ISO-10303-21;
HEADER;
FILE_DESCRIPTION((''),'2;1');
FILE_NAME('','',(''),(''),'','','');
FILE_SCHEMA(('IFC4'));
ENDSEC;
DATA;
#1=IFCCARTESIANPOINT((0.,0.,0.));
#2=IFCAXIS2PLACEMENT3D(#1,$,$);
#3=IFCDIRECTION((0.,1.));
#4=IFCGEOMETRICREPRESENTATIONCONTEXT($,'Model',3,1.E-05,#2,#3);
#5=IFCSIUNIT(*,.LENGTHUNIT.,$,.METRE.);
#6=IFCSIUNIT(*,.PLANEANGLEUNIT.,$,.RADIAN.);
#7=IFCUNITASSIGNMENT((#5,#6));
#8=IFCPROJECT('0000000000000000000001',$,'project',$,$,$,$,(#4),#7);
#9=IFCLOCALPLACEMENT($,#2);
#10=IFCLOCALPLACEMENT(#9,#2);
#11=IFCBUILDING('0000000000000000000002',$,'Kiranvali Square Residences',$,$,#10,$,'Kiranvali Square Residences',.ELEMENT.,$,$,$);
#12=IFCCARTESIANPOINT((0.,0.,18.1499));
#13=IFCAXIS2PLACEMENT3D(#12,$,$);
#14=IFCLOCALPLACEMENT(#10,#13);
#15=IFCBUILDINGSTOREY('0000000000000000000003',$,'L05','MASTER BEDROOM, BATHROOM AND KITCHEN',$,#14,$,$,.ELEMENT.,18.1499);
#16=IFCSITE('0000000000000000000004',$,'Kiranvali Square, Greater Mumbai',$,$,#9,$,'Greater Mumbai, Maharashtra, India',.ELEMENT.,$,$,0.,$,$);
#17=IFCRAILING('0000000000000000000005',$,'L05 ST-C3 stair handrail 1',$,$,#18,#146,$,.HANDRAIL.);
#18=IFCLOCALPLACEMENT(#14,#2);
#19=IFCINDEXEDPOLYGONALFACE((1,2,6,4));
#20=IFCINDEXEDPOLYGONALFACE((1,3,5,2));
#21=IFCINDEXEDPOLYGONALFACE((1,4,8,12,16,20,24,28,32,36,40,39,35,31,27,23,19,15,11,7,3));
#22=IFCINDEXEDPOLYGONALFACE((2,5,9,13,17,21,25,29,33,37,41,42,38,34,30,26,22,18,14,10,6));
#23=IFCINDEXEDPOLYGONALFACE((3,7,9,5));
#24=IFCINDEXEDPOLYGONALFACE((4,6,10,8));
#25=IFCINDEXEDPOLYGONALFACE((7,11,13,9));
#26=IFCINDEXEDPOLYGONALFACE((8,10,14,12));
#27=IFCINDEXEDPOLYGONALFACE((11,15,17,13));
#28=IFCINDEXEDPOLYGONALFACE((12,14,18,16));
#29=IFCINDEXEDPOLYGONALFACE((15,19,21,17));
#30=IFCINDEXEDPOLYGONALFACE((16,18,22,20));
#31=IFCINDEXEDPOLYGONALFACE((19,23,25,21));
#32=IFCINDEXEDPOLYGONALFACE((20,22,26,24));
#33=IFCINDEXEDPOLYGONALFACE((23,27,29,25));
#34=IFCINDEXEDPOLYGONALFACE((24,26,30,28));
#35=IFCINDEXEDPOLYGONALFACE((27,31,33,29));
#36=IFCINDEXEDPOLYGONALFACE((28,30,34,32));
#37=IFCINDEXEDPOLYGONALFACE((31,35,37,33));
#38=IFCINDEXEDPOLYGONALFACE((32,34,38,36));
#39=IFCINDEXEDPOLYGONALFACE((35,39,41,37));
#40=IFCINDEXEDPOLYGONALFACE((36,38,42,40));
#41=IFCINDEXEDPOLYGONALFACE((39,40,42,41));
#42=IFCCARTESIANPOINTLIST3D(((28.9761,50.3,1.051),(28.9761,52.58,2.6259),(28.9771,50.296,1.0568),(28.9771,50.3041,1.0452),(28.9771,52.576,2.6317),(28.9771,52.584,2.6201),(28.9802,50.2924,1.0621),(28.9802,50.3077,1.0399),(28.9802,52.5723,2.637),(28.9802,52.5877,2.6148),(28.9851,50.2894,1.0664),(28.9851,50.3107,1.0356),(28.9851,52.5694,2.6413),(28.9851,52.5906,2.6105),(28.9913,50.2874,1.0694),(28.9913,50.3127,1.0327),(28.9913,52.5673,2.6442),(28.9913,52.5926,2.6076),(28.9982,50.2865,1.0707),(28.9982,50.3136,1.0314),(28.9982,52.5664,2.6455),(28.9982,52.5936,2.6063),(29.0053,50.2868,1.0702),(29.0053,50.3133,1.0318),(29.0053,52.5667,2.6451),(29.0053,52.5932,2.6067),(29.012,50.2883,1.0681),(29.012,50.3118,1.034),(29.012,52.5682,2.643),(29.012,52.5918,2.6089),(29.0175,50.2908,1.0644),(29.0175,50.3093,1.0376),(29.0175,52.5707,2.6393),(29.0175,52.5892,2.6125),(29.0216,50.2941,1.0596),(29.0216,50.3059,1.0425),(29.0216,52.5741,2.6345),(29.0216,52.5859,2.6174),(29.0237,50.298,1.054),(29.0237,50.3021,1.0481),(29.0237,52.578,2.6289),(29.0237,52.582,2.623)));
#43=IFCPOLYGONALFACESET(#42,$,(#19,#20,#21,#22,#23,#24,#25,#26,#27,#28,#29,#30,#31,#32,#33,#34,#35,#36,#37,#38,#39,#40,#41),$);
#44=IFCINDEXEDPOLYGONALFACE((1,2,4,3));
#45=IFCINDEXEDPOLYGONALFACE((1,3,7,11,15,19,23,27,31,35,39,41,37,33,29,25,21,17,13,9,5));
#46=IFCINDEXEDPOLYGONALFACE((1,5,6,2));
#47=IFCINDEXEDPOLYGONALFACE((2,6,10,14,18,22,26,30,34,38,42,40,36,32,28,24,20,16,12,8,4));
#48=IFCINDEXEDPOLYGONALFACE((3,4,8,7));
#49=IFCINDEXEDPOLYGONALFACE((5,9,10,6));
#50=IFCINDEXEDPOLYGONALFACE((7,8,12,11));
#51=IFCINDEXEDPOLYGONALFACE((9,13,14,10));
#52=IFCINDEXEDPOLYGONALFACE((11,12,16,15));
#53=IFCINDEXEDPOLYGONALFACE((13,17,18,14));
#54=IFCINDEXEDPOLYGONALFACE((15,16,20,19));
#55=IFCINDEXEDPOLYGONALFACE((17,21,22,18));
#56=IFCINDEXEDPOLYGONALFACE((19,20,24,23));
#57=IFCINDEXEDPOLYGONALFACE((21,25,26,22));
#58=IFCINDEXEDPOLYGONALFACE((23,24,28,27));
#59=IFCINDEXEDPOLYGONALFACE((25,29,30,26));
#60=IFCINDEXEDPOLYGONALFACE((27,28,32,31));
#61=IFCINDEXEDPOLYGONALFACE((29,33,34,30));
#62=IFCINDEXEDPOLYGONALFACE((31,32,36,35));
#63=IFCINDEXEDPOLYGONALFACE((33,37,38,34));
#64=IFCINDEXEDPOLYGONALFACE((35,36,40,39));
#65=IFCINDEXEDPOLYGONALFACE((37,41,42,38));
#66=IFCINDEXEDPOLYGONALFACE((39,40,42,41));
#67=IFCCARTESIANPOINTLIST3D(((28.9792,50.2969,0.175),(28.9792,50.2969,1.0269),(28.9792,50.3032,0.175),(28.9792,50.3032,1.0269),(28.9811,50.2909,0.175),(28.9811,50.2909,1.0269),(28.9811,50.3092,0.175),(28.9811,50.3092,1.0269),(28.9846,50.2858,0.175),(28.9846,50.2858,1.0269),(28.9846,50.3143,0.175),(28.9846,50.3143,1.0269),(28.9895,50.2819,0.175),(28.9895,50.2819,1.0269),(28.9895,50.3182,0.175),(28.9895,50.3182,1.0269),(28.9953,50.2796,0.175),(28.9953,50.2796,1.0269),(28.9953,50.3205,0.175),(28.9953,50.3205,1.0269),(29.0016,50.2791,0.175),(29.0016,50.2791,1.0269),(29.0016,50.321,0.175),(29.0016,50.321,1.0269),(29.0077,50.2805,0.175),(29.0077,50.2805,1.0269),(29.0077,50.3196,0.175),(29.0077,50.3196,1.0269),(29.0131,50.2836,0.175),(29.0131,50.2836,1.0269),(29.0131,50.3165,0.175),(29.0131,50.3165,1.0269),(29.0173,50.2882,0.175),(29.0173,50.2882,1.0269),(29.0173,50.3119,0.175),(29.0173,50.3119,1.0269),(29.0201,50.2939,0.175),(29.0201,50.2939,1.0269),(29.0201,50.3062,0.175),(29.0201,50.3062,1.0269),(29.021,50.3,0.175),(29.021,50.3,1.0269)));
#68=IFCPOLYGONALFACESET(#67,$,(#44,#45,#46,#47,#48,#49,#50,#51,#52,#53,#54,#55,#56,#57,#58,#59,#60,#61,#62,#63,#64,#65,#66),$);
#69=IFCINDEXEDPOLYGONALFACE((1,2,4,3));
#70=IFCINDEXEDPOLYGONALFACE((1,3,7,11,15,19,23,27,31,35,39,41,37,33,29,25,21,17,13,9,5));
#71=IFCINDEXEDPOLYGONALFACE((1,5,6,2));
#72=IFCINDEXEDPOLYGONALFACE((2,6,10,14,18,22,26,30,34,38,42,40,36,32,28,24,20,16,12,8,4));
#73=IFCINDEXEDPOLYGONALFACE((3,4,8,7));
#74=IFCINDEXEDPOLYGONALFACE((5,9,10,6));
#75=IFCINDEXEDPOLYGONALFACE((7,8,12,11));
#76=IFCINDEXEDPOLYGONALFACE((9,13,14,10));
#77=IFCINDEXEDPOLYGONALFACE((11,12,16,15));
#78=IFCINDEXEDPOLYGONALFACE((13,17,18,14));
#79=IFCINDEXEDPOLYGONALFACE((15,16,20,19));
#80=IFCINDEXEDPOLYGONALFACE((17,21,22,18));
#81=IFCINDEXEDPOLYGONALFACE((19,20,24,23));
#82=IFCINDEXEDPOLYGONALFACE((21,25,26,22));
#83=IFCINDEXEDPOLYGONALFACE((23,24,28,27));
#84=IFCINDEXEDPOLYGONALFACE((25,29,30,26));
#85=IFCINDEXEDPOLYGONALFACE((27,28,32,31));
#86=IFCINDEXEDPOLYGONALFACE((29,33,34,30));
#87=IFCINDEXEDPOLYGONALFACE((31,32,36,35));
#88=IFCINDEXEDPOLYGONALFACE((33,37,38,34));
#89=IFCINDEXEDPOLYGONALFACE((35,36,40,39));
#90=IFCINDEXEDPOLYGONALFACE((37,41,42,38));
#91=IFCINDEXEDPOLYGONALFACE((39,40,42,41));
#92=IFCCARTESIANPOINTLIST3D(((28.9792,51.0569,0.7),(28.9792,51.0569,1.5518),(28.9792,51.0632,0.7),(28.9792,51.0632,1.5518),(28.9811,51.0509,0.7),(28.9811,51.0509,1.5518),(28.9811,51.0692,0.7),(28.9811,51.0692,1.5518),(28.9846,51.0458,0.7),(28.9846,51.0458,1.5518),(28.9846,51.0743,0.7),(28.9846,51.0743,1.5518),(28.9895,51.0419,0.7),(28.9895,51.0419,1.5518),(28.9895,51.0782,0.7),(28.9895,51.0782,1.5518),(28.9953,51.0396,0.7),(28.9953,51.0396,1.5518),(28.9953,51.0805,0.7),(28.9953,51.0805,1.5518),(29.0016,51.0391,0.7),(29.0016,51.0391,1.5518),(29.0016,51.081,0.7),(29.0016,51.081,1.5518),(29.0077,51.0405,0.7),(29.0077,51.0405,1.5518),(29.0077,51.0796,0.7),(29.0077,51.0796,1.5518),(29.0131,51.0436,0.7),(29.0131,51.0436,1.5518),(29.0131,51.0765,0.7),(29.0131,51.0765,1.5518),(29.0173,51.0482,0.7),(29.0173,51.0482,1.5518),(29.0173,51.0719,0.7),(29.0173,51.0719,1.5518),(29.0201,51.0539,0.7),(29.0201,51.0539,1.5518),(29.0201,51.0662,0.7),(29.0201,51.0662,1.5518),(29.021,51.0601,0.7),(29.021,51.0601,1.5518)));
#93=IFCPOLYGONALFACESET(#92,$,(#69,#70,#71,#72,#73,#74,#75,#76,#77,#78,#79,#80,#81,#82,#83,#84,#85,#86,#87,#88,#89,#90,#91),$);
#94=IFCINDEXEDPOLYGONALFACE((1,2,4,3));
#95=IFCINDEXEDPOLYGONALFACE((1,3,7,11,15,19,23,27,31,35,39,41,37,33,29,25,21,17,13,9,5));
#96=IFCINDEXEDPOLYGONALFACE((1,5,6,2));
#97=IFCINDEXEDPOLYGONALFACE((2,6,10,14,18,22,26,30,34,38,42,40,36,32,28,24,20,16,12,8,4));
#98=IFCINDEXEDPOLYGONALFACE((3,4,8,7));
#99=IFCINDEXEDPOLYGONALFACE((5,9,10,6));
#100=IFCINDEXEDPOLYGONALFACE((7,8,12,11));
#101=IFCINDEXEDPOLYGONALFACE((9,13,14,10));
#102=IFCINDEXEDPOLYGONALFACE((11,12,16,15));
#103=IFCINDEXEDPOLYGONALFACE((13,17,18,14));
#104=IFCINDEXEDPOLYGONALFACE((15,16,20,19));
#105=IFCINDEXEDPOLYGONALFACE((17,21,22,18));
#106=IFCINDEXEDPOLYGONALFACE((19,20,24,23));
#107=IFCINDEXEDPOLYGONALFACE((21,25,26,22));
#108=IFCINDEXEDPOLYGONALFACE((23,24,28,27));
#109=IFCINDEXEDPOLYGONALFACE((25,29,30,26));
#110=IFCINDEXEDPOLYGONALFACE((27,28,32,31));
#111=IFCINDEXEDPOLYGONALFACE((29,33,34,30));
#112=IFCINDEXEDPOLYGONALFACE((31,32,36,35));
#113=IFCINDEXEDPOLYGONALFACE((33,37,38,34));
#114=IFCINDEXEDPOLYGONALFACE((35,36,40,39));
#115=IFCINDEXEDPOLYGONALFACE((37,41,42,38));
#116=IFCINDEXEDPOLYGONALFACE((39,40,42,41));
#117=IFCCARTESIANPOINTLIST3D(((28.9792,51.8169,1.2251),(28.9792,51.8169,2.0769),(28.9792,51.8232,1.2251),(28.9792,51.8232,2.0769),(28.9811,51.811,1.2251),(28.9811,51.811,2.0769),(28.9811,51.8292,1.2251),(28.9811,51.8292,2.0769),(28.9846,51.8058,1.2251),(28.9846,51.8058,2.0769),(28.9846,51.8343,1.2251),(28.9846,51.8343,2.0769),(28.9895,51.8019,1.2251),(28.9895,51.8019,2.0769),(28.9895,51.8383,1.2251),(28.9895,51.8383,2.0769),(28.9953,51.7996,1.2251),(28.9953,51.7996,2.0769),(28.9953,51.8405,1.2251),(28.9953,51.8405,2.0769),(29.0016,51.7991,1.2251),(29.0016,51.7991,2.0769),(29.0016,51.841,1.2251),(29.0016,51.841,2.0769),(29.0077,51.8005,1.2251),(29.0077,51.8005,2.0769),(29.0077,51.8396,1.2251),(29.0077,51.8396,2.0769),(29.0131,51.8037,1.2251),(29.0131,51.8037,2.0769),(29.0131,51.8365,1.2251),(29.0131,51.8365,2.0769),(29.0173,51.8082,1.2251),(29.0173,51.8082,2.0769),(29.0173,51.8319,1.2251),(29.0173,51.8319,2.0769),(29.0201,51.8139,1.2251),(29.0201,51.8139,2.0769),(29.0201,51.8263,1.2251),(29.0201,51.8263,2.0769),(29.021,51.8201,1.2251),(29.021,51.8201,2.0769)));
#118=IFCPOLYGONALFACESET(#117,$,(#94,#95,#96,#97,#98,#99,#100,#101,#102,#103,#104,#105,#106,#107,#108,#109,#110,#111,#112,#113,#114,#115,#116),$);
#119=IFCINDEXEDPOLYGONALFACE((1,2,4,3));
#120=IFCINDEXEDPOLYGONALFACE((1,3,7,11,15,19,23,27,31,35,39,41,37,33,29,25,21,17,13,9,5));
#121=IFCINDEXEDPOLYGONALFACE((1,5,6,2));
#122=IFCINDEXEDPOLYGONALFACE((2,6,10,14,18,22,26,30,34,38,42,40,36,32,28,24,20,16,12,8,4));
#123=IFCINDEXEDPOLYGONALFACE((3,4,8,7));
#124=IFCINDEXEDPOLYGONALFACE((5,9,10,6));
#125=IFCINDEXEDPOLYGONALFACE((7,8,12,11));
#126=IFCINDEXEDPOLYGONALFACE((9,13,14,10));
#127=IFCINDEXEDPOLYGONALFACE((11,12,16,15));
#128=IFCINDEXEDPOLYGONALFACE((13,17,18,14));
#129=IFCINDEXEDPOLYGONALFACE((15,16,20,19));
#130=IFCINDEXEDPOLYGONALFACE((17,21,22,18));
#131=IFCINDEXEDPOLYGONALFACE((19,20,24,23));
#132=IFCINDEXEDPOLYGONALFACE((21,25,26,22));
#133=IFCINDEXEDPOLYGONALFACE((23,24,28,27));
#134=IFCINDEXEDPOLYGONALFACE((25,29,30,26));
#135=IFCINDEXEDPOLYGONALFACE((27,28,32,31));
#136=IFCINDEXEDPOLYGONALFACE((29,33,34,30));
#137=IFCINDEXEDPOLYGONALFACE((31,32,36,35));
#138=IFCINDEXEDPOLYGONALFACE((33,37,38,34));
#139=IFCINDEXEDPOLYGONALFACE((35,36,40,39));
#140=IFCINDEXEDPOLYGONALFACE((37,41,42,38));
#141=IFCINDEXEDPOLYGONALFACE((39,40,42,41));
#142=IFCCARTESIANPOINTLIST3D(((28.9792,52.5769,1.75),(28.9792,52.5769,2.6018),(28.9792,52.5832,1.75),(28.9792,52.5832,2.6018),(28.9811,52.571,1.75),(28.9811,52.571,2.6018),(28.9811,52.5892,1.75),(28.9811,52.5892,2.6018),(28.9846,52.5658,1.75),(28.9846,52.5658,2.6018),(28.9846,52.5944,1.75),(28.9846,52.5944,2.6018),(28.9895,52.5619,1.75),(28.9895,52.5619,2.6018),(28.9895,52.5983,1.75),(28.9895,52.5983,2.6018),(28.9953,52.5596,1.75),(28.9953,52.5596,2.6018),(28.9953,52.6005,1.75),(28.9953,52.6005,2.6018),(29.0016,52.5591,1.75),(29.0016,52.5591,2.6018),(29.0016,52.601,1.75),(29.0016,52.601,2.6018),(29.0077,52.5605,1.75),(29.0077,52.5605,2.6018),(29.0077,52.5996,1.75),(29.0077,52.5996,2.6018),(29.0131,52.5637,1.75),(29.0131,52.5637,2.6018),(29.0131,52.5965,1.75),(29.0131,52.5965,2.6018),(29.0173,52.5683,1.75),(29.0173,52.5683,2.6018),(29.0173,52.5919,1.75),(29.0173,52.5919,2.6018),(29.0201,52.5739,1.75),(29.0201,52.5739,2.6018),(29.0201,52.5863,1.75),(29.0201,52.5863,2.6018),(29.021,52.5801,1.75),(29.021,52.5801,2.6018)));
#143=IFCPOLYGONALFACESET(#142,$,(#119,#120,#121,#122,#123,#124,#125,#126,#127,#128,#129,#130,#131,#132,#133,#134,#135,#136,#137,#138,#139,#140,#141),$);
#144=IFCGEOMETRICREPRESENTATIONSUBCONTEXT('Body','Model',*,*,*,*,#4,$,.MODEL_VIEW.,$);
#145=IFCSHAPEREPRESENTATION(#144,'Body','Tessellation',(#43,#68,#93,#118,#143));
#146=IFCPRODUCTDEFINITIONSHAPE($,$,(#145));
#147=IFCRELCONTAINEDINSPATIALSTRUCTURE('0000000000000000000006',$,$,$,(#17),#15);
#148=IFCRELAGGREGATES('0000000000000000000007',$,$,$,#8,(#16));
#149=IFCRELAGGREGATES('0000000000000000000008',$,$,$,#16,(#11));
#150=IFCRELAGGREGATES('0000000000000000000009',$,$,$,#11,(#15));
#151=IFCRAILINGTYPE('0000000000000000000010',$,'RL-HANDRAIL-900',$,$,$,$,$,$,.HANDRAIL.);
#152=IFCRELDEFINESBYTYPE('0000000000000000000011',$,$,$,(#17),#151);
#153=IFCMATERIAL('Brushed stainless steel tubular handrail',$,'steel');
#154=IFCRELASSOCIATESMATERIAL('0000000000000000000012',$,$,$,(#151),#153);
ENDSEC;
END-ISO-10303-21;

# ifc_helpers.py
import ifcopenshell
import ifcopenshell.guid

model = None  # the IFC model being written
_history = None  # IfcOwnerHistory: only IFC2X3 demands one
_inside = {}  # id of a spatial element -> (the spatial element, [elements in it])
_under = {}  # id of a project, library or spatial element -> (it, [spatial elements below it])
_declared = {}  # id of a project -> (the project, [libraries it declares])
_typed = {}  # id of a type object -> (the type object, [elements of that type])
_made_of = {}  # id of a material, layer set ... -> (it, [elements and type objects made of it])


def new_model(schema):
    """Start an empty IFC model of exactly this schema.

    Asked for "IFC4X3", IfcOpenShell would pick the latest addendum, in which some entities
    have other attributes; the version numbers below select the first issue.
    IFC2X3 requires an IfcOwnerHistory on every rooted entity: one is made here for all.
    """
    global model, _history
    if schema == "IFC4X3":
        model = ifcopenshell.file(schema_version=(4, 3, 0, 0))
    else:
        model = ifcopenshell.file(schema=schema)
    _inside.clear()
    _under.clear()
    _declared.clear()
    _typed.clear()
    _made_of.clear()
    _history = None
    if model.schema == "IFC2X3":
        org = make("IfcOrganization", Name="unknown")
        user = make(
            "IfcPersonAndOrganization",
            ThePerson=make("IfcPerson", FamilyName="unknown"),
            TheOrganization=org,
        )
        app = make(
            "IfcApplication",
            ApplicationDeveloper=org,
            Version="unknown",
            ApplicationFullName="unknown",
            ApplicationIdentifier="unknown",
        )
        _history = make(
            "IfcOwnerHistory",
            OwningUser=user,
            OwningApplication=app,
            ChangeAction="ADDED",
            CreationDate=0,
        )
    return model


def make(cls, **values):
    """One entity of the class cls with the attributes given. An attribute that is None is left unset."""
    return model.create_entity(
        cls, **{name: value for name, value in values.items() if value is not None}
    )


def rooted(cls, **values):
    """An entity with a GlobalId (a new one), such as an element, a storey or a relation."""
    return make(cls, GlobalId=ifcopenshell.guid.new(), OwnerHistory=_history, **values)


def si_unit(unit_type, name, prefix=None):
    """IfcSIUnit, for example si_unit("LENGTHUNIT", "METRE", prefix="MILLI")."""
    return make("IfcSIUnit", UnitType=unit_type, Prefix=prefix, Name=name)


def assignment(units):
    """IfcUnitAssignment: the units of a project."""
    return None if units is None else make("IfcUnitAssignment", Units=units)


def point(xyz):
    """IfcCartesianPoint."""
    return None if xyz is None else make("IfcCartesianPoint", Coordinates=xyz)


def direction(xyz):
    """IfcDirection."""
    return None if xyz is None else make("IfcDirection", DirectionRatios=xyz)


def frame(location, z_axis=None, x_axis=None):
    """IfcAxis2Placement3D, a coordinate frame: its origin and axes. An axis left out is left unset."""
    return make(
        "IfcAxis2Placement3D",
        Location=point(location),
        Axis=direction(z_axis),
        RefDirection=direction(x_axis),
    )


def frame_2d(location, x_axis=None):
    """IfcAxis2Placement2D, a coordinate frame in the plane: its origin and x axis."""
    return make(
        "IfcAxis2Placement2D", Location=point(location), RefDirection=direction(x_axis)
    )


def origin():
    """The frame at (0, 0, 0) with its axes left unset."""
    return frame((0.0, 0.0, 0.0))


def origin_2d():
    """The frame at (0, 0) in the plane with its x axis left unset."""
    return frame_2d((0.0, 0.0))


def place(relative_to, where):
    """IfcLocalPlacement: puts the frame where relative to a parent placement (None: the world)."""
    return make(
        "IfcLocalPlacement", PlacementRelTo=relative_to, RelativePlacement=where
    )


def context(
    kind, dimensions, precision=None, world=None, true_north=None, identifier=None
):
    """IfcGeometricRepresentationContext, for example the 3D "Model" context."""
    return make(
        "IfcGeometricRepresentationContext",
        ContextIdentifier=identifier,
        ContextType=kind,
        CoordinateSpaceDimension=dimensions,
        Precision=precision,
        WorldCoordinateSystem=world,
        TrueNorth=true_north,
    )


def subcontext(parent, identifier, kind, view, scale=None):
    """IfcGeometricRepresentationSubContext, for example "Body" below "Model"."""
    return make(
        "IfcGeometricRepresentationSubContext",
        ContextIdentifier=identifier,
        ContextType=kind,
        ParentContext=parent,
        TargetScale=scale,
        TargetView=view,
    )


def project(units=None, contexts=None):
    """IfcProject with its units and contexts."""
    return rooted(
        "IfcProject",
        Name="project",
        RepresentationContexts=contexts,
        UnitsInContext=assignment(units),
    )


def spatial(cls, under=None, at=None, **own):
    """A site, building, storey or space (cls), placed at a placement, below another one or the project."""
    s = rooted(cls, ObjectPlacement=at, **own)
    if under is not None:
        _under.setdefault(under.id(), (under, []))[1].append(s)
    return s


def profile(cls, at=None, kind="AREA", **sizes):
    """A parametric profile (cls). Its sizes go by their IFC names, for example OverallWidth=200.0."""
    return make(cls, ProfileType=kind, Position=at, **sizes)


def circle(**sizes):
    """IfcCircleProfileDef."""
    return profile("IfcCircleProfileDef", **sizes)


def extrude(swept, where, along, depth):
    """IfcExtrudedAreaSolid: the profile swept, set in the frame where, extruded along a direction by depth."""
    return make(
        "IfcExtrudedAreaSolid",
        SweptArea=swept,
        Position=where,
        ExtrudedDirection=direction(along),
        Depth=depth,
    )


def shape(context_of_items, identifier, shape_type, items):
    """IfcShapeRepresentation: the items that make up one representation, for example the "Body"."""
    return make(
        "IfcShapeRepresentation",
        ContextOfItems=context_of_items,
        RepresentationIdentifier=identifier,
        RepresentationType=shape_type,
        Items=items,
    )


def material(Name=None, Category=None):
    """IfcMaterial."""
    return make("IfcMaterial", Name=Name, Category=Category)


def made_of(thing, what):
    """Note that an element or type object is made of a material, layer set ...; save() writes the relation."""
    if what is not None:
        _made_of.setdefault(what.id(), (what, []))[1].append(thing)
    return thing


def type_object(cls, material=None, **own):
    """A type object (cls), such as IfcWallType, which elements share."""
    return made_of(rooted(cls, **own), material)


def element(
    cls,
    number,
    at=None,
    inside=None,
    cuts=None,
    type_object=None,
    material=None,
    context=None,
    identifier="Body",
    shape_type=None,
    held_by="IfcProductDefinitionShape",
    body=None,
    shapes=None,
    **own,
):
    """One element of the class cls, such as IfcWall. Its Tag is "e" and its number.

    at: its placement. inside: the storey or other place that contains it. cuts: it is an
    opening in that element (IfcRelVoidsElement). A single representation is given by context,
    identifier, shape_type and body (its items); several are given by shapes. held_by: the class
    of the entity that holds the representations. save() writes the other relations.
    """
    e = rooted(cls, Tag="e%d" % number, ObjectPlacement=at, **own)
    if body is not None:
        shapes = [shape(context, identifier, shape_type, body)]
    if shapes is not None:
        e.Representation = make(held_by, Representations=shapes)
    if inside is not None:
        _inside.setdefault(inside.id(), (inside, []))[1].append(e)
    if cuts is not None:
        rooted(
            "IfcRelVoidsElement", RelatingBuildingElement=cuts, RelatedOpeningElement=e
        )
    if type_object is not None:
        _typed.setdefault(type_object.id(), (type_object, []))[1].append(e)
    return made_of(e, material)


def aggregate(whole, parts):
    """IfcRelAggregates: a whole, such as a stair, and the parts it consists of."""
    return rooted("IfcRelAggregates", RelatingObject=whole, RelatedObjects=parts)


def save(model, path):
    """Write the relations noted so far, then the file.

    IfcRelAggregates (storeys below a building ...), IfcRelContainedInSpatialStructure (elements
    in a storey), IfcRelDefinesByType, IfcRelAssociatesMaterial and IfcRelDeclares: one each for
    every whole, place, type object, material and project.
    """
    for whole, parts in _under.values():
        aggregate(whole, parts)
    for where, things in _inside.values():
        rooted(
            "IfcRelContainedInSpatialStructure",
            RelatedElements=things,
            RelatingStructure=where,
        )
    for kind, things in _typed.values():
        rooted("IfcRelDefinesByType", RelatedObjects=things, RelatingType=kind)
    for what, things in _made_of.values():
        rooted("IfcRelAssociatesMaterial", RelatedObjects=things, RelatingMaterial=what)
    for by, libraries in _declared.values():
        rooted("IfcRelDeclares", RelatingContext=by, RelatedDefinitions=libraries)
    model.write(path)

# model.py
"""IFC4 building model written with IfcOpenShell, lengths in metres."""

from ifc_helpers import new_model, si_unit, direction, frame, origin, origin_2d, place, context, subcontext, project, spatial, circle, extrude, material, type_object, element, save


model = new_model("IFC4")

# Units and contexts
model_context = context("Model", 3, precision=1e-05, world=origin(), true_north=direction((0.0, 1.0)))
body_context = subcontext(model_context, "Body", "Model", "MODEL_VIEW")
ifc_project = project(units=[si_unit("LENGTHUNIT", "METRE"), si_unit("PLANEANGLEUNIT", "RADIAN")], contexts=[model_context])

# Site, building, storey
site_placement = place(None, origin())
site = spatial("IfcSite", under=ifc_project, at=site_placement, Name="Kiranvali Square, Greater Mumbai", LongName="Greater Mumbai, Maharashtra, India", CompositionType="ELEMENT", RefElevation=0.0)
building_placement = place(site_placement, origin())
building = spatial("IfcBuilding", under=site, at=building_placement, Name="Kiranvali Square Residences", LongName="Kiranvali Square Residences", CompositionType="ELEMENT")
storey_placement = place(building_placement, frame((0.0, 0.0, 18.1499)))
storey = spatial("IfcBuildingStorey", under=building, at=storey_placement, Name="L05", Description="MASTER BEDROOM, BATHROOM AND KITCHEN", CompositionType="ELEMENT", Elevation=18.1499)

# Railing
ifc_material_1 = material(Name="Brushed stainless steel tubular handrail", Category="steel")
railing_type_1 = type_object("IfcRailingType", Name="RL-HANDRAIL-900", PredefinedType="HANDRAIL", material=ifc_material_1)
railing_1_placement = place(storey_placement, frame((29.0, 50.3, 0.175)))
element("IfcRailing", 1, at=railing_1_placement, inside=storey, type_object=railing_type_1, Name="L05 ST-C3 stair handrail 1", PredefinedType="HANDRAIL", context=body_context, shape_type="SweptSolid", body=[
    extrude(circle(Radius=0.0239, at=origin_2d()), frame((0.0, 0.0, 0.876), z_axis=(0.0, 0.822788, 0.568348), x_axis=(-1.0, 0.0, 0.0)), (0.0, 0.0, 1.0), 2.771),
    extrude(circle(Radius=0.021, at=origin_2d()), origin(), (0.0, 0.0, 1.0), 0.8518),
    extrude(circle(Radius=0.021, at=origin_2d()), frame((0.0, 0.76, 0.5249)), (0.0, 0.0, 1.0), 0.8518),
    extrude(circle(Radius=0.021, at=origin_2d()), frame((0.0, 1.52, 1.05)), (0.0, 0.0, 1.0), 0.8518),
    extrude(circle(Radius=0.021, at=origin_2d()), frame((0.0, 2.28, 1.575)), (0.0, 0.0, 1.0), 0.8518),
])

save(model, "model.ifc")
